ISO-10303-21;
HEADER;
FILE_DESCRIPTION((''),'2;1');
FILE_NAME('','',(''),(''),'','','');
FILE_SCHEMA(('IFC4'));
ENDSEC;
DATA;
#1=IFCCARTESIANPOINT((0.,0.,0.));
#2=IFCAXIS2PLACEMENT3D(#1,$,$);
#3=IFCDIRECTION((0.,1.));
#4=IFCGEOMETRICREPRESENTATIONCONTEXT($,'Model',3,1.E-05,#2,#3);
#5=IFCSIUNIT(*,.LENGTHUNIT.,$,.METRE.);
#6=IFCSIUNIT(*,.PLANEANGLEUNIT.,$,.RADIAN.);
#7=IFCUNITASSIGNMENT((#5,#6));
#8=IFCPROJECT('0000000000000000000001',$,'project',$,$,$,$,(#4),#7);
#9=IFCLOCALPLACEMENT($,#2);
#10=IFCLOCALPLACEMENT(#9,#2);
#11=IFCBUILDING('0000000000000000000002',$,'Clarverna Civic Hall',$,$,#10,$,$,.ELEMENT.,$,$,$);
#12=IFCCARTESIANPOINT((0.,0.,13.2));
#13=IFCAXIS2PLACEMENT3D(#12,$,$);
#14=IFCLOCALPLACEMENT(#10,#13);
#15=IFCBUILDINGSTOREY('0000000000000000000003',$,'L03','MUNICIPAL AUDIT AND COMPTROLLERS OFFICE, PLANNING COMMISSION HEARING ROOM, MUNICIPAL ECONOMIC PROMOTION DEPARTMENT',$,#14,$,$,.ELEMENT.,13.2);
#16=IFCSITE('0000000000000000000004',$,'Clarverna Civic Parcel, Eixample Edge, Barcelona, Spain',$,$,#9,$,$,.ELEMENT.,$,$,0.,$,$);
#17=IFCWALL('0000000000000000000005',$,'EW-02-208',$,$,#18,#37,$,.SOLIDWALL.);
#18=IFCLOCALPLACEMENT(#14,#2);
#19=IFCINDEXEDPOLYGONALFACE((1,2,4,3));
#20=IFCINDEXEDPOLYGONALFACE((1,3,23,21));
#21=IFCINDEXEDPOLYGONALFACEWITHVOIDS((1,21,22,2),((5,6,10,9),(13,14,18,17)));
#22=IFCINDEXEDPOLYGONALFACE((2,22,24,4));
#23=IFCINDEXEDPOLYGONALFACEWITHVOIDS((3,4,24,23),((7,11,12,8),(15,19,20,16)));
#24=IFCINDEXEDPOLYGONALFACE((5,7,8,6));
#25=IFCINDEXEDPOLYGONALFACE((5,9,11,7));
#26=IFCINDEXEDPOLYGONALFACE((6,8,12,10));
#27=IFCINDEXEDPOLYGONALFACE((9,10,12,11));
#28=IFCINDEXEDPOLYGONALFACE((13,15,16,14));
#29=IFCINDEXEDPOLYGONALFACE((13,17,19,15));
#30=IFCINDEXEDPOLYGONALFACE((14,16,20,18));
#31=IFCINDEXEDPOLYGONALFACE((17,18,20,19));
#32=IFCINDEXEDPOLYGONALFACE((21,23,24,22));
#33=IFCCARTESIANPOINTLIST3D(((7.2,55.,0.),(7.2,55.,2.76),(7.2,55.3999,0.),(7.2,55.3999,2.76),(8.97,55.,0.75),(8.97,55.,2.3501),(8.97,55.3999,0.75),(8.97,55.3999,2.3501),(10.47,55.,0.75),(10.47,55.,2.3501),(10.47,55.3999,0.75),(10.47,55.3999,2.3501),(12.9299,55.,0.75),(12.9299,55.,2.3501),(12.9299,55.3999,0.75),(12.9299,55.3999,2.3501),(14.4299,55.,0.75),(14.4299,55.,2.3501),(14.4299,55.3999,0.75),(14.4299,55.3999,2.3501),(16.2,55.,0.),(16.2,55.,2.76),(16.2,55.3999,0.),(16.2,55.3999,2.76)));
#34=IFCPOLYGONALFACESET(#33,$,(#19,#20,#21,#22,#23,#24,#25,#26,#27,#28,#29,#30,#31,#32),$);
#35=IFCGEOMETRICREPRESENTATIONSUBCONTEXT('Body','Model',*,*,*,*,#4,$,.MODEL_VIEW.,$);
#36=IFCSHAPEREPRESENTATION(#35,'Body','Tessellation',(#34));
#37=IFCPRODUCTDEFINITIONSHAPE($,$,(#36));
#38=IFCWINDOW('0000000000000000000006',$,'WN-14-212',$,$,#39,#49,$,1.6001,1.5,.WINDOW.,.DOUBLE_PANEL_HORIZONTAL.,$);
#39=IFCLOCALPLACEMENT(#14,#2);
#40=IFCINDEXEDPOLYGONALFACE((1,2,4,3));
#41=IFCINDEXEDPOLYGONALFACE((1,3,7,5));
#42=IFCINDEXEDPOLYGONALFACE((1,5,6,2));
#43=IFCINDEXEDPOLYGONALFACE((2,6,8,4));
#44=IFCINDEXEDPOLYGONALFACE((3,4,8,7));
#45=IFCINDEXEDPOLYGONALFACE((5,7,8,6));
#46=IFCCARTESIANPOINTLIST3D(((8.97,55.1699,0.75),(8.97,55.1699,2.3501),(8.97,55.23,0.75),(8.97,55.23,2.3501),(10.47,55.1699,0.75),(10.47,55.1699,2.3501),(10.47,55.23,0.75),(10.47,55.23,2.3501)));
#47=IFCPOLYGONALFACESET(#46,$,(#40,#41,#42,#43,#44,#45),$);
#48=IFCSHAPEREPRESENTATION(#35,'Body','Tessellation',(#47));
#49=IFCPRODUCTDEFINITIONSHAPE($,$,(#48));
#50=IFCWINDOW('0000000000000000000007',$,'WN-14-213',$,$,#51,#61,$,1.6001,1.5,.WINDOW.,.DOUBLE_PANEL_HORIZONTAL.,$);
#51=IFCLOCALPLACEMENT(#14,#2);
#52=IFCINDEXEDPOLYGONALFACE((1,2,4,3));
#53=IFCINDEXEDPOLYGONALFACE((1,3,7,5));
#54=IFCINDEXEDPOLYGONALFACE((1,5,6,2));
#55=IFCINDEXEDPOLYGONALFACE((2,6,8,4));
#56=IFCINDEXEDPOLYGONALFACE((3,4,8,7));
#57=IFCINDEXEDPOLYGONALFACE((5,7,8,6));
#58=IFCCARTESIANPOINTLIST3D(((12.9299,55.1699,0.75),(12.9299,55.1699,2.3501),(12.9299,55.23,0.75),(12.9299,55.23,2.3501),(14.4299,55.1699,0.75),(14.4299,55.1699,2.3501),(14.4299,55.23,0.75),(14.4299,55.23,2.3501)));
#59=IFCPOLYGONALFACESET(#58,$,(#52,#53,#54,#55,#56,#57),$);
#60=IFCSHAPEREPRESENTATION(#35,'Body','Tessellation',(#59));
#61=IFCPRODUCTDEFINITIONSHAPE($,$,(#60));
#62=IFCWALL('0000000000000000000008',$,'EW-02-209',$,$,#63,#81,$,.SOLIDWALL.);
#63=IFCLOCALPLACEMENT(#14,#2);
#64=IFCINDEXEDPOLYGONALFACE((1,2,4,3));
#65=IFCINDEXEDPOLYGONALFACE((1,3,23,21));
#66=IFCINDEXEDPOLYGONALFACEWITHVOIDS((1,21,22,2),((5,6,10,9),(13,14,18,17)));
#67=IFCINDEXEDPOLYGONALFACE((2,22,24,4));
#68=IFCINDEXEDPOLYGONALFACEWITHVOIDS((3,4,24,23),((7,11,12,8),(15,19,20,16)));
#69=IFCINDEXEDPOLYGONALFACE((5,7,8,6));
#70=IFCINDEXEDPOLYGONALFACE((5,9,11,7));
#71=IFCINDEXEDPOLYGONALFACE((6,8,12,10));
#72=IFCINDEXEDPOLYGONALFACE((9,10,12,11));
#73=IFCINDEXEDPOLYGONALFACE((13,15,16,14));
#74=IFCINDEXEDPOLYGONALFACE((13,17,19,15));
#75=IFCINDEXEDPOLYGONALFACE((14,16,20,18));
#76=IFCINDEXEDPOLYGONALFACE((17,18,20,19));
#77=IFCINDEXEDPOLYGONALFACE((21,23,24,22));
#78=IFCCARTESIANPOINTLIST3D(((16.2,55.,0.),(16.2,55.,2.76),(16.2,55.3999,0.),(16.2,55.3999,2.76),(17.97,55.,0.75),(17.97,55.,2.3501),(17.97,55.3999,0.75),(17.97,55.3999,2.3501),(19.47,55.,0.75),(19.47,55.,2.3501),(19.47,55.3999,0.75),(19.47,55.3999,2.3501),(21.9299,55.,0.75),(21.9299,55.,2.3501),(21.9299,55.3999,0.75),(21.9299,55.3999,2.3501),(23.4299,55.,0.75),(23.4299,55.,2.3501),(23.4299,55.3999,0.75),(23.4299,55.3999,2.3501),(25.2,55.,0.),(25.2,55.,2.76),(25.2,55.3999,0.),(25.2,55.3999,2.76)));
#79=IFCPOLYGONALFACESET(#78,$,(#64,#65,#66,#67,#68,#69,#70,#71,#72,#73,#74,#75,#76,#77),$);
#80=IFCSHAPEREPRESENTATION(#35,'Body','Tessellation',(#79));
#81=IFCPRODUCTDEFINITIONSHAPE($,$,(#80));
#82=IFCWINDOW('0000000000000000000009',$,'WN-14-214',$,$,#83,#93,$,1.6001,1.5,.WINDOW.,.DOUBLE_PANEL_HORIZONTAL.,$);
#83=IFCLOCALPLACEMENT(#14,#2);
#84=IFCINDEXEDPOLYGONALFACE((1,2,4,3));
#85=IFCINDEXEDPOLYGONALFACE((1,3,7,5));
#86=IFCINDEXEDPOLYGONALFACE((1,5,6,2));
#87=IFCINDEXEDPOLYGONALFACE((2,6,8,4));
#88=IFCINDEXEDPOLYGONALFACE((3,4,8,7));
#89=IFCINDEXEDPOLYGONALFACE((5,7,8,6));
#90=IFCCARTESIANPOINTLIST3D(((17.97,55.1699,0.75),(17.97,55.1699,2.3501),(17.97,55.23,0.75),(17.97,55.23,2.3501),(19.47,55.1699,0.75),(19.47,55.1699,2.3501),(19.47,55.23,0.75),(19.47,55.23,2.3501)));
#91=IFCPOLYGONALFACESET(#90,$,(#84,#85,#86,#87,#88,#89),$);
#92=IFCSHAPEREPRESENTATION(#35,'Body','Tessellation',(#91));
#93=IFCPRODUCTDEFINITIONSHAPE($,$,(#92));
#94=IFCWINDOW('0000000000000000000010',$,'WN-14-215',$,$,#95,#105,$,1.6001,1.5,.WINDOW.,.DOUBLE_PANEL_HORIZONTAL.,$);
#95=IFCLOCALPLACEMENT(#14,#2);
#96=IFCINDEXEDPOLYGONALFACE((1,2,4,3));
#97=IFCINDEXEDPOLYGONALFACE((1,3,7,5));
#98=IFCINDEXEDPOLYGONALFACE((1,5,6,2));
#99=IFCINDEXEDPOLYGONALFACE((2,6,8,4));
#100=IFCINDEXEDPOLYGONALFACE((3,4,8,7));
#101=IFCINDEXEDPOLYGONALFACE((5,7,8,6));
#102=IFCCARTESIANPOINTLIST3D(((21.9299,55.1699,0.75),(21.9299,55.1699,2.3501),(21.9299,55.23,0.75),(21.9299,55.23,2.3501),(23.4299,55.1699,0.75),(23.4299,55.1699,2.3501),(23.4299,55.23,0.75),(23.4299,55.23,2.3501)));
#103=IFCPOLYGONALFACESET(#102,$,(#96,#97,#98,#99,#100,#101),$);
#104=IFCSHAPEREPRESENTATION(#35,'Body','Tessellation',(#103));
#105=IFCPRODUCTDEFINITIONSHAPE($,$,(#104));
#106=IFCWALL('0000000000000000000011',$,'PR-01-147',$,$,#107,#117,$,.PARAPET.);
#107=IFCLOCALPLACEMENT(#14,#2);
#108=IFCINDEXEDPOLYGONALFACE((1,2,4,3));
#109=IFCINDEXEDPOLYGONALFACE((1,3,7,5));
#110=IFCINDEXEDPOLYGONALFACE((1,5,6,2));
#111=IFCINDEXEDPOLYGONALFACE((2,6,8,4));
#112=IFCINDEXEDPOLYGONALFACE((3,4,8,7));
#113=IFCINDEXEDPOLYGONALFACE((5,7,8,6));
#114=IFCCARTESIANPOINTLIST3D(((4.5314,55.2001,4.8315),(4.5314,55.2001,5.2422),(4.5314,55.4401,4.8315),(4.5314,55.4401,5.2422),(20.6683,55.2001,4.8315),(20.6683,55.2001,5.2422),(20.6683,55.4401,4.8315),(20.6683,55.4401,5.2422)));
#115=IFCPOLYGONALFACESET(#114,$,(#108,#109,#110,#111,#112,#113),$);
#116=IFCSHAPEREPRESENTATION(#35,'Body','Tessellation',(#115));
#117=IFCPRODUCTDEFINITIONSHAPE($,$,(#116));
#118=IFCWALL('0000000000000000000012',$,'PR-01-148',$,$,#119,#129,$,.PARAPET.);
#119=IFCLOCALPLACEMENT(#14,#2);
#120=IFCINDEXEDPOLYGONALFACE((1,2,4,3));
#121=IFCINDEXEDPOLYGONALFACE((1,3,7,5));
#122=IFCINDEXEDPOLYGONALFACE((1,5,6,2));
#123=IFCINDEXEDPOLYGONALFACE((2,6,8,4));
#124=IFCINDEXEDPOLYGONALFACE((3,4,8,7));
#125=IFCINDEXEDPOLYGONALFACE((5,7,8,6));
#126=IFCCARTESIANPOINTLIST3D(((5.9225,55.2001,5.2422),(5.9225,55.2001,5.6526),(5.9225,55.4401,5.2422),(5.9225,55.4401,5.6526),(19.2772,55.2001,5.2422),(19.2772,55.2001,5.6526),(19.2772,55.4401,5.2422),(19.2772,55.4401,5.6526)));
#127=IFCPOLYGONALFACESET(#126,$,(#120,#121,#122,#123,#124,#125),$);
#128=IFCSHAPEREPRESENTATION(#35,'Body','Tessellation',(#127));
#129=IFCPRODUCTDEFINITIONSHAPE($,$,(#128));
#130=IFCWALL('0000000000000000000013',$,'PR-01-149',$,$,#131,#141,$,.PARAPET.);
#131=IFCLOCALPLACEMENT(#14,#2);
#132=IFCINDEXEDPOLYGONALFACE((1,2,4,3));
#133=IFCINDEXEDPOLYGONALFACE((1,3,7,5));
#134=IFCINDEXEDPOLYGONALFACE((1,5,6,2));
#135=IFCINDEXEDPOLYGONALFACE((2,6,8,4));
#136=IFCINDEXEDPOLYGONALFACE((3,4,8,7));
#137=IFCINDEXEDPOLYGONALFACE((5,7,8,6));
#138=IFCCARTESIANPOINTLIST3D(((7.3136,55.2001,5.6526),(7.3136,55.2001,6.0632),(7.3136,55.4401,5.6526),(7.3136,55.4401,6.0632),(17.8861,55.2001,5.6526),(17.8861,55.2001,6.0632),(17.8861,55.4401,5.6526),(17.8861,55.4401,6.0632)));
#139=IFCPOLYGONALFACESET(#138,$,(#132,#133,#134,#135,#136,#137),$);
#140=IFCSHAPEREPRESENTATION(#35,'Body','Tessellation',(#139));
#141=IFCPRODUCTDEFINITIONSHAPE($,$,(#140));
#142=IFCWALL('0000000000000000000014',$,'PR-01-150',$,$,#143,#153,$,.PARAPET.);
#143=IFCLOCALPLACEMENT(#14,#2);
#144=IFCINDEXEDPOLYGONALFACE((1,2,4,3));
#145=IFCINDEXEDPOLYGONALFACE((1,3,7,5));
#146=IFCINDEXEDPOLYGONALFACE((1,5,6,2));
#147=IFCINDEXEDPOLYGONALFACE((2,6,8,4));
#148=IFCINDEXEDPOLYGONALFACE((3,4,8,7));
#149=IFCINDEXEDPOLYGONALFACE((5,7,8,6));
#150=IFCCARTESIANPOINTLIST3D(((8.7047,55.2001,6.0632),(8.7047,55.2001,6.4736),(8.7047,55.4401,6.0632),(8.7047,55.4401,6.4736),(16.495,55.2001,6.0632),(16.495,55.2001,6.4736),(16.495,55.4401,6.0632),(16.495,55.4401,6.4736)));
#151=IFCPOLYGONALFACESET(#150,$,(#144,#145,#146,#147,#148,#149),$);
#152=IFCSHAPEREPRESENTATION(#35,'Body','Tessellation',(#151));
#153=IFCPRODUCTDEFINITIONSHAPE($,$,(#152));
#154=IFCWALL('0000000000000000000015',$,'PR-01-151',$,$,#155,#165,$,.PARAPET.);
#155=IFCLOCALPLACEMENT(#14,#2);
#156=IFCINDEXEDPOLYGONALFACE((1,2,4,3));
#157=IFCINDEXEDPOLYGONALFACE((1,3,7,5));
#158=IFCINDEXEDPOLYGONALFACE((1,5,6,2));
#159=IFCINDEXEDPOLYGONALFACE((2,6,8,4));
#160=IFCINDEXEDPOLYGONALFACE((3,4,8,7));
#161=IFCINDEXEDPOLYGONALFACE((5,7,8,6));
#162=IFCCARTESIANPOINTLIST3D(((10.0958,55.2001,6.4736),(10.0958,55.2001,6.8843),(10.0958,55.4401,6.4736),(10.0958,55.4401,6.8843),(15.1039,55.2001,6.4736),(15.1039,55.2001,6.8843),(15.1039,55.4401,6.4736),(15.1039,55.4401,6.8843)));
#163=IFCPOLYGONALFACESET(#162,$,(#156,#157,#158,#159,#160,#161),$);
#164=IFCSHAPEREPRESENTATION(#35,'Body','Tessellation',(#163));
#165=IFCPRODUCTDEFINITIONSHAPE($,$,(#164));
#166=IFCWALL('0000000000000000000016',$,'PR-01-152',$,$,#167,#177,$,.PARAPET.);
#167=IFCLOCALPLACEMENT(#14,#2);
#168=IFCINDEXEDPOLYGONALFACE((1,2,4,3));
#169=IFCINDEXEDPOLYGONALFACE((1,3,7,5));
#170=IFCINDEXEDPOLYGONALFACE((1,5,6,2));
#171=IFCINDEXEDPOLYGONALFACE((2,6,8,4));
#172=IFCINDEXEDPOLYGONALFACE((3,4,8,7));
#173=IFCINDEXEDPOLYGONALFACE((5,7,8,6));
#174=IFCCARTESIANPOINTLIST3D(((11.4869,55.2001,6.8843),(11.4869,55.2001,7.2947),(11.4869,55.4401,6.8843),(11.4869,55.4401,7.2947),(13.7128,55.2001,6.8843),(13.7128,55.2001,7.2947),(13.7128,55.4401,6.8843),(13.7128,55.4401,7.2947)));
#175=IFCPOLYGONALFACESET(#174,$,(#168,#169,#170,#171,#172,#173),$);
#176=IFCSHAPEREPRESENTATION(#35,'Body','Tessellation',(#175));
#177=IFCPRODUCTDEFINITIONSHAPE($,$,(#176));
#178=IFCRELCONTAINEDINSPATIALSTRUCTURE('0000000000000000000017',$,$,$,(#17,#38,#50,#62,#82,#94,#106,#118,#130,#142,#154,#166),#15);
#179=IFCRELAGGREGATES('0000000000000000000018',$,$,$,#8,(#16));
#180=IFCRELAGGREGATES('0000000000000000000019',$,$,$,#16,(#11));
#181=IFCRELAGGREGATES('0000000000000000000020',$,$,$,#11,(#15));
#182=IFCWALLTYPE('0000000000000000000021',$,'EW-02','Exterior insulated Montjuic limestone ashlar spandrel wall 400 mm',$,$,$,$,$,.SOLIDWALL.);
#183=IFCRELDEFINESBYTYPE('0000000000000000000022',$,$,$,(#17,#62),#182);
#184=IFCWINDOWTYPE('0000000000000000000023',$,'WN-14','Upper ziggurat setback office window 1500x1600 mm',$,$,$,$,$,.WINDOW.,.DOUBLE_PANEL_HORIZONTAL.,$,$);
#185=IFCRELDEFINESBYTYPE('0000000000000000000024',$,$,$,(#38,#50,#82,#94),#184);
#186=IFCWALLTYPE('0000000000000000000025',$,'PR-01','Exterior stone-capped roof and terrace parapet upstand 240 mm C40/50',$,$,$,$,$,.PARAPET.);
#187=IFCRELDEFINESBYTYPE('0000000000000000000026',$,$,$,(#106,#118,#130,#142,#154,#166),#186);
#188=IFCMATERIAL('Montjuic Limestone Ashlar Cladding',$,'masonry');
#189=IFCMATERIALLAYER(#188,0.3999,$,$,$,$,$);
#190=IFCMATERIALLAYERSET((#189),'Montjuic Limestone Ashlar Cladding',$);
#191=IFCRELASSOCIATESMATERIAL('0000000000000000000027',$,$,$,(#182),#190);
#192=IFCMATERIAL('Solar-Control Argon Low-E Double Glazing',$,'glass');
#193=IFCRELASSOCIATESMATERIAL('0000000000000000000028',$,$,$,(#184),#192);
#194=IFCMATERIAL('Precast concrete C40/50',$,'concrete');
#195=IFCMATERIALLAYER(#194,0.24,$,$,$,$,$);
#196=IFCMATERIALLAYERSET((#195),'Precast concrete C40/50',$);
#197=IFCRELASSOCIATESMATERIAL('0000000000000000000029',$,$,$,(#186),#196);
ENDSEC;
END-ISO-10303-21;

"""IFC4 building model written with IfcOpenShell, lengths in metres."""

from ifc_helpers import new_model, si_unit, direction, frame, frame_2d, origin, place, context, subcontext, project, spatial, rectangle, extrude, material, layer, layer_set, type_object, element, fill, save


model = new_model("IFC4")

# Units and contexts
model_context = context("Model", 3, precision=1e-05, world=origin(), true_north=direction((0.0, 1.0)))
body_context = subcontext(model_context, "Body", "Model", "MODEL_VIEW")
ifc_project = project(units=[si_unit("LENGTHUNIT", "METRE"), si_unit("PLANEANGLEUNIT", "RADIAN")], contexts=[model_context])

# Site, building, storey
site_placement = place(None, origin())
site = spatial("IfcSite", under=ifc_project, at=site_placement, Name="Clarverna Civic Parcel, Eixample Edge, Barcelona, Spain", CompositionType="ELEMENT", RefElevation=0.0)
building_placement = place(site_placement, origin())
building = spatial("IfcBuilding", under=site, at=building_placement, Name="Clarverna Civic Hall", CompositionType="ELEMENT")
storey_placement = place(building_placement, frame((0.0, 0.0, 13.2)))
storey = spatial("IfcBuildingStorey", under=building, at=storey_placement, Name="L03", Description="MUNICIPAL AUDIT AND COMPTROLLERS OFFICE, PLANNING COMMISSION HEARING ROOM, MUNICIPAL ECONOMIC PROMOTION DEPARTMENT", CompositionType="ELEMENT", Elevation=13.2)

# Walls, openings, windows
ifc_material_1 = material(Name="Montjuic Limestone Ashlar Cladding", Category="masonry")
ifc_layer_1 = layer(ifc_material_1, 0.3999)
ifc_layer_set_1 = layer_set([ifc_layer_1], Name="Montjuic Limestone Ashlar Cladding")
wall_type_1 = type_object("IfcWallType", Name="EW-02", Description="Exterior insulated Montjuic limestone ashlar spandrel wall 400 mm", PredefinedType="SOLIDWALL", material=ifc_layer_set_1)
wall_1_placement = place(storey_placement, frame((7.2, 55.2, 0.0), z_axis=(0.0, 0.0, 1.0), x_axis=(1.0, 0.0, 0.0)))
wall_1 = element("IfcWall", 1, at=wall_1_placement, inside=storey, type_object=wall_type_1, Name="EW-02-208", PredefinedType="SOLIDWALL", context=body_context, shape_type="SweptSolid", body=[
    extrude(rectangle(XDim=9.0, YDim=0.3999, at=frame_2d((4.5, 0.0))), origin(), (0.0, 0.0, 1.0), 2.76),
])
opening_1_placement = place(wall_1_placement, frame((1.77, 0.0, 0.75)))
opening_1 = element("IfcOpeningElement", 2, at=opening_1_placement, cuts=wall_1, PredefinedType="OPENING", context=body_context, shape_type="SweptSolid", body=[
    extrude(rectangle(XDim=1.5, YDim=1.6001, at=frame_2d((0.75, 0.8))), frame((0.0, 0.21, 0.0), z_axis=(0.0, -1.0, 0.0), x_axis=(1.0, 0.0, 0.0)), (0.0, 0.0, 1.0), 0.4199),
])
opening_2_placement = place(wall_1_placement, frame((5.73, 0.0, 0.75)))
opening_2 = element("IfcOpeningElement", 3, at=opening_2_placement, cuts=wall_1, PredefinedType="OPENING", context=body_context, shape_type="SweptSolid", body=[
    extrude(rectangle(XDim=1.5, YDim=1.6001, at=frame_2d((0.75, 0.8))), frame((0.0, 0.21, 0.0), z_axis=(0.0, -1.0, 0.0), x_axis=(1.0, 0.0, 0.0)), (0.0, 0.0, 1.0), 0.4199),
])
ifc_material_2 = material(Name="Solar-Control Argon Low-E Double Glazing", Category="glass")
window_type = type_object("IfcWindowType", Name="WN-14", Description="Upper ziggurat setback office window 1500x1600 mm", PartitioningType="DOUBLE_PANEL_HORIZONTAL", PredefinedType="WINDOW", material=ifc_material_2)
window_1_placement = place(opening_1_placement, origin())
window_1 = element("IfcWindow", 4, at=window_1_placement, inside=storey, type_object=window_type, Name="WN-14-212", OverallHeight=1.6001, OverallWidth=1.5, PartitioningType="DOUBLE_PANEL_HORIZONTAL", PredefinedType="WINDOW", context=body_context, shape_type="SweptSolid", body=[
    extrude(rectangle(XDim=1.5, YDim=1.6001, at=frame_2d((0.75, 0.8))), frame((0.0, 0.03, 0.0), z_axis=(0.0, -1.0, 0.0), x_axis=(1.0, 0.0, 0.0)), (0.0, 0.0, 1.0), 0.0601),
])
fill(opening_1, window_1)
window_2_placement = place(opening_2_placement, origin())
window_2 = element("IfcWindow", 5, at=window_2_placement, inside=storey, type_object=window_type, Name="WN-14-213", OverallHeight=1.6001, OverallWidth=1.5, PartitioningType="DOUBLE_PANEL_HORIZONTAL", PredefinedType="WINDOW", context=body_context, shape_type="SweptSolid", body=[
    extrude(rectangle(XDim=1.5, YDim=1.6001, at=frame_2d((0.75, 0.8))), frame((0.0, 0.03, 0.0), z_axis=(0.0, -1.0, 0.0), x_axis=(1.0, 0.0, 0.0)), (0.0, 0.0, 1.0), 0.0601),
])
fill(opening_2, window_2)
wall_2_placement = place(storey_placement, frame((16.2, 55.2, 0.0), z_axis=(0.0, 0.0, 1.0), x_axis=(1.0, 0.0, 0.0)))
wall_2 = element("IfcWall", 6, at=wall_2_placement, inside=storey, type_object=wall_type_1, Name="EW-02-209", PredefinedType="SOLIDWALL", context=body_context, shape_type="SweptSolid", body=[
    extrude(rectangle(XDim=9.0, YDim=0.3999, at=frame_2d((4.5, 0.0))), origin(), (0.0, 0.0, 1.0), 2.76),
])
opening_3_placement = place(wall_2_placement, frame((1.77, 0.0, 0.75)))
opening_3 = element("IfcOpeningElement", 7, at=opening_3_placement, cuts=wall_2, PredefinedType="OPENING", context=body_context, shape_type="SweptSolid", body=[
    extrude(rectangle(XDim=1.5, YDim=1.6001, at=frame_2d((0.75, 0.8))), frame((0.0, 0.21, 0.0), z_axis=(0.0, -1.0, 0.0), x_axis=(1.0, 0.0, 0.0)), (0.0, 0.0, 1.0), 0.4199),
])
opening_4_placement = place(wall_2_placement, frame((5.73, 0.0, 0.75)))
opening_4 = element("IfcOpeningElement", 8, at=opening_4_placement, cuts=wall_2, PredefinedType="OPENING", context=body_context, shape_type="SweptSolid", body=[
    extrude(rectangle(XDim=1.5, YDim=1.6001, at=frame_2d((0.75, 0.8))), frame((0.0, 0.21, 0.0), z_axis=(0.0, -1.0, 0.0), x_axis=(1.0, 0.0, 0.0)), (0.0, 0.0, 1.0), 0.4199),
])
window_3_placement = place(opening_3_placement, origin())
window_3 = element("IfcWindow", 9, at=window_3_placement, inside=storey, type_object=window_type, Name="WN-14-214", OverallHeight=1.6001, OverallWidth=1.5, PartitioningType="DOUBLE_PANEL_HORIZONTAL", PredefinedType="WINDOW", context=body_context, shape_type="SweptSolid", body=[
    extrude(rectangle(XDim=1.5, YDim=1.6001, at=frame_2d((0.75, 0.8))), frame((0.0, 0.03, 0.0), z_axis=(0.0, -1.0, 0.0), x_axis=(1.0, 0.0, 0.0)), (0.0, 0.0, 1.0), 0.0601),
])
fill(opening_3, window_3)
window_4_placement = place(opening_4_placement, origin())
window_4 = element("IfcWindow", 10, at=window_4_placement, inside=storey, type_object=window_type, Name="WN-14-215", OverallHeight=1.6001, OverallWidth=1.5, PartitioningType="DOUBLE_PANEL_HORIZONTAL", PredefinedType="WINDOW", context=body_context, shape_type="SweptSolid", body=[
    extrude(rectangle(XDim=1.5, YDim=1.6001, at=frame_2d((0.75, 0.8))), frame((0.0, 0.03, 0.0), z_axis=(0.0, -1.0, 0.0), x_axis=(1.0, 0.0, 0.0)), (0.0, 0.0, 1.0), 0.0601),
])
fill(opening_4, window_4)

# Walls
ifc_material_3 = material(Name="Precast concrete C40/50", Category="concrete")
ifc_layer_2 = layer(ifc_material_3, 0.24)
ifc_layer_set_2 = layer_set([ifc_layer_2], Name="Precast concrete C40/50")
wall_type_2 = type_object("IfcWallType", Name="PR-01", Description="Exterior stone-capped roof and terrace parapet upstand 240 mm C40/50", PredefinedType="PARAPET", material=ifc_layer_set_2)
wall_3_placement = place(storey_placement, frame((4.5315, 55.3201, 4.8315), z_axis=(0.0, 0.0, 1.0), x_axis=(1.0, 0.0, 0.0)))
element("IfcWall", 11, at=wall_3_placement, inside=storey, type_object=wall_type_2, Name="PR-01-147", PredefinedType="PARAPET", context=body_context, shape_type="SweptSolid", body=[
    extrude(rectangle(XDim=16.137, YDim=0.24, at=frame_2d((8.0684, 0.0))), origin(), (0.0, 0.0, 1.0), 0.4106),
])
wall_4_placement = place(storey_placement, frame((5.9226, 55.3201, 5.2422), z_axis=(0.0, 0.0, 1.0), x_axis=(1.0, 0.0, 0.0)))
element("IfcWall", 12, at=wall_4_placement, inside=storey, type_object=wall_type_2, Name="PR-01-148", PredefinedType="PARAPET", context=body_context, shape_type="SweptSolid", body=[
    extrude(rectangle(XDim=13.3547, YDim=0.24, at=frame_2d((6.6772, 0.0))), origin(), (0.0, 0.0, 1.0), 0.4104),
])
wall_5_placement = place(storey_placement, frame((7.3137, 55.3201, 5.6526), z_axis=(0.0, 0.0, 1.0), x_axis=(1.0, 0.0, 0.0)))
element("IfcWall", 13, at=wall_5_placement, inside=storey, type_object=wall_type_2, Name="PR-01-149", PredefinedType="PARAPET", context=body_context, shape_type="SweptSolid", body=[
    extrude(rectangle(XDim=10.5725, YDim=0.24, at=frame_2d((5.2861, 0.0))), origin(), (0.0, 0.0, 1.0), 0.4106),
])
wall_6_placement = place(storey_placement, frame((8.7048, 55.3201, 6.0632), z_axis=(0.0, 0.0, 1.0), x_axis=(1.0, 0.0, 0.0)))
element("IfcWall", 14, at=wall_6_placement, inside=storey, type_object=wall_type_2, Name="PR-01-150", PredefinedType="PARAPET", context=body_context, shape_type="SweptSolid", body=[
    extrude(rectangle(XDim=7.7903, YDim=0.24, at=frame_2d((3.895, 0.0))), origin(), (0.0, 0.0, 1.0), 0.4104),
])
wall_7_placement = place(storey_placement, frame((10.0959, 55.3201, 6.4736), z_axis=(0.0, 0.0, 1.0), x_axis=(1.0, 0.0, 0.0)))
element("IfcWall", 15, at=wall_7_placement, inside=storey, type_object=wall_type_2, Name="PR-01-151", PredefinedType="PARAPET", context=body_context, shape_type="SweptSolid", body=[
    extrude(rectangle(XDim=5.0081, YDim=0.24, at=frame_2d((2.5039, 0.0))), origin(), (0.0, 0.0, 1.0), 0.4106),
])
wall_8_placement = place(storey_placement, frame((11.4871, 55.3201, 6.8843), z_axis=(0.0, 0.0, 1.0), x_axis=(1.0, 0.0, 0.0)))
element("IfcWall", 16, at=wall_8_placement, inside=storey, type_object=wall_type_2, Name="PR-01-152", PredefinedType="PARAPET", context=body_context, shape_type="SweptSolid", body=[
    extrude(rectangle(XDim=2.2258, YDim=0.24, at=frame_2d((1.1128, 0.0))), origin(), (0.0, 0.0, 1.0), 0.4104),
])

save(model, "model.ifc")
